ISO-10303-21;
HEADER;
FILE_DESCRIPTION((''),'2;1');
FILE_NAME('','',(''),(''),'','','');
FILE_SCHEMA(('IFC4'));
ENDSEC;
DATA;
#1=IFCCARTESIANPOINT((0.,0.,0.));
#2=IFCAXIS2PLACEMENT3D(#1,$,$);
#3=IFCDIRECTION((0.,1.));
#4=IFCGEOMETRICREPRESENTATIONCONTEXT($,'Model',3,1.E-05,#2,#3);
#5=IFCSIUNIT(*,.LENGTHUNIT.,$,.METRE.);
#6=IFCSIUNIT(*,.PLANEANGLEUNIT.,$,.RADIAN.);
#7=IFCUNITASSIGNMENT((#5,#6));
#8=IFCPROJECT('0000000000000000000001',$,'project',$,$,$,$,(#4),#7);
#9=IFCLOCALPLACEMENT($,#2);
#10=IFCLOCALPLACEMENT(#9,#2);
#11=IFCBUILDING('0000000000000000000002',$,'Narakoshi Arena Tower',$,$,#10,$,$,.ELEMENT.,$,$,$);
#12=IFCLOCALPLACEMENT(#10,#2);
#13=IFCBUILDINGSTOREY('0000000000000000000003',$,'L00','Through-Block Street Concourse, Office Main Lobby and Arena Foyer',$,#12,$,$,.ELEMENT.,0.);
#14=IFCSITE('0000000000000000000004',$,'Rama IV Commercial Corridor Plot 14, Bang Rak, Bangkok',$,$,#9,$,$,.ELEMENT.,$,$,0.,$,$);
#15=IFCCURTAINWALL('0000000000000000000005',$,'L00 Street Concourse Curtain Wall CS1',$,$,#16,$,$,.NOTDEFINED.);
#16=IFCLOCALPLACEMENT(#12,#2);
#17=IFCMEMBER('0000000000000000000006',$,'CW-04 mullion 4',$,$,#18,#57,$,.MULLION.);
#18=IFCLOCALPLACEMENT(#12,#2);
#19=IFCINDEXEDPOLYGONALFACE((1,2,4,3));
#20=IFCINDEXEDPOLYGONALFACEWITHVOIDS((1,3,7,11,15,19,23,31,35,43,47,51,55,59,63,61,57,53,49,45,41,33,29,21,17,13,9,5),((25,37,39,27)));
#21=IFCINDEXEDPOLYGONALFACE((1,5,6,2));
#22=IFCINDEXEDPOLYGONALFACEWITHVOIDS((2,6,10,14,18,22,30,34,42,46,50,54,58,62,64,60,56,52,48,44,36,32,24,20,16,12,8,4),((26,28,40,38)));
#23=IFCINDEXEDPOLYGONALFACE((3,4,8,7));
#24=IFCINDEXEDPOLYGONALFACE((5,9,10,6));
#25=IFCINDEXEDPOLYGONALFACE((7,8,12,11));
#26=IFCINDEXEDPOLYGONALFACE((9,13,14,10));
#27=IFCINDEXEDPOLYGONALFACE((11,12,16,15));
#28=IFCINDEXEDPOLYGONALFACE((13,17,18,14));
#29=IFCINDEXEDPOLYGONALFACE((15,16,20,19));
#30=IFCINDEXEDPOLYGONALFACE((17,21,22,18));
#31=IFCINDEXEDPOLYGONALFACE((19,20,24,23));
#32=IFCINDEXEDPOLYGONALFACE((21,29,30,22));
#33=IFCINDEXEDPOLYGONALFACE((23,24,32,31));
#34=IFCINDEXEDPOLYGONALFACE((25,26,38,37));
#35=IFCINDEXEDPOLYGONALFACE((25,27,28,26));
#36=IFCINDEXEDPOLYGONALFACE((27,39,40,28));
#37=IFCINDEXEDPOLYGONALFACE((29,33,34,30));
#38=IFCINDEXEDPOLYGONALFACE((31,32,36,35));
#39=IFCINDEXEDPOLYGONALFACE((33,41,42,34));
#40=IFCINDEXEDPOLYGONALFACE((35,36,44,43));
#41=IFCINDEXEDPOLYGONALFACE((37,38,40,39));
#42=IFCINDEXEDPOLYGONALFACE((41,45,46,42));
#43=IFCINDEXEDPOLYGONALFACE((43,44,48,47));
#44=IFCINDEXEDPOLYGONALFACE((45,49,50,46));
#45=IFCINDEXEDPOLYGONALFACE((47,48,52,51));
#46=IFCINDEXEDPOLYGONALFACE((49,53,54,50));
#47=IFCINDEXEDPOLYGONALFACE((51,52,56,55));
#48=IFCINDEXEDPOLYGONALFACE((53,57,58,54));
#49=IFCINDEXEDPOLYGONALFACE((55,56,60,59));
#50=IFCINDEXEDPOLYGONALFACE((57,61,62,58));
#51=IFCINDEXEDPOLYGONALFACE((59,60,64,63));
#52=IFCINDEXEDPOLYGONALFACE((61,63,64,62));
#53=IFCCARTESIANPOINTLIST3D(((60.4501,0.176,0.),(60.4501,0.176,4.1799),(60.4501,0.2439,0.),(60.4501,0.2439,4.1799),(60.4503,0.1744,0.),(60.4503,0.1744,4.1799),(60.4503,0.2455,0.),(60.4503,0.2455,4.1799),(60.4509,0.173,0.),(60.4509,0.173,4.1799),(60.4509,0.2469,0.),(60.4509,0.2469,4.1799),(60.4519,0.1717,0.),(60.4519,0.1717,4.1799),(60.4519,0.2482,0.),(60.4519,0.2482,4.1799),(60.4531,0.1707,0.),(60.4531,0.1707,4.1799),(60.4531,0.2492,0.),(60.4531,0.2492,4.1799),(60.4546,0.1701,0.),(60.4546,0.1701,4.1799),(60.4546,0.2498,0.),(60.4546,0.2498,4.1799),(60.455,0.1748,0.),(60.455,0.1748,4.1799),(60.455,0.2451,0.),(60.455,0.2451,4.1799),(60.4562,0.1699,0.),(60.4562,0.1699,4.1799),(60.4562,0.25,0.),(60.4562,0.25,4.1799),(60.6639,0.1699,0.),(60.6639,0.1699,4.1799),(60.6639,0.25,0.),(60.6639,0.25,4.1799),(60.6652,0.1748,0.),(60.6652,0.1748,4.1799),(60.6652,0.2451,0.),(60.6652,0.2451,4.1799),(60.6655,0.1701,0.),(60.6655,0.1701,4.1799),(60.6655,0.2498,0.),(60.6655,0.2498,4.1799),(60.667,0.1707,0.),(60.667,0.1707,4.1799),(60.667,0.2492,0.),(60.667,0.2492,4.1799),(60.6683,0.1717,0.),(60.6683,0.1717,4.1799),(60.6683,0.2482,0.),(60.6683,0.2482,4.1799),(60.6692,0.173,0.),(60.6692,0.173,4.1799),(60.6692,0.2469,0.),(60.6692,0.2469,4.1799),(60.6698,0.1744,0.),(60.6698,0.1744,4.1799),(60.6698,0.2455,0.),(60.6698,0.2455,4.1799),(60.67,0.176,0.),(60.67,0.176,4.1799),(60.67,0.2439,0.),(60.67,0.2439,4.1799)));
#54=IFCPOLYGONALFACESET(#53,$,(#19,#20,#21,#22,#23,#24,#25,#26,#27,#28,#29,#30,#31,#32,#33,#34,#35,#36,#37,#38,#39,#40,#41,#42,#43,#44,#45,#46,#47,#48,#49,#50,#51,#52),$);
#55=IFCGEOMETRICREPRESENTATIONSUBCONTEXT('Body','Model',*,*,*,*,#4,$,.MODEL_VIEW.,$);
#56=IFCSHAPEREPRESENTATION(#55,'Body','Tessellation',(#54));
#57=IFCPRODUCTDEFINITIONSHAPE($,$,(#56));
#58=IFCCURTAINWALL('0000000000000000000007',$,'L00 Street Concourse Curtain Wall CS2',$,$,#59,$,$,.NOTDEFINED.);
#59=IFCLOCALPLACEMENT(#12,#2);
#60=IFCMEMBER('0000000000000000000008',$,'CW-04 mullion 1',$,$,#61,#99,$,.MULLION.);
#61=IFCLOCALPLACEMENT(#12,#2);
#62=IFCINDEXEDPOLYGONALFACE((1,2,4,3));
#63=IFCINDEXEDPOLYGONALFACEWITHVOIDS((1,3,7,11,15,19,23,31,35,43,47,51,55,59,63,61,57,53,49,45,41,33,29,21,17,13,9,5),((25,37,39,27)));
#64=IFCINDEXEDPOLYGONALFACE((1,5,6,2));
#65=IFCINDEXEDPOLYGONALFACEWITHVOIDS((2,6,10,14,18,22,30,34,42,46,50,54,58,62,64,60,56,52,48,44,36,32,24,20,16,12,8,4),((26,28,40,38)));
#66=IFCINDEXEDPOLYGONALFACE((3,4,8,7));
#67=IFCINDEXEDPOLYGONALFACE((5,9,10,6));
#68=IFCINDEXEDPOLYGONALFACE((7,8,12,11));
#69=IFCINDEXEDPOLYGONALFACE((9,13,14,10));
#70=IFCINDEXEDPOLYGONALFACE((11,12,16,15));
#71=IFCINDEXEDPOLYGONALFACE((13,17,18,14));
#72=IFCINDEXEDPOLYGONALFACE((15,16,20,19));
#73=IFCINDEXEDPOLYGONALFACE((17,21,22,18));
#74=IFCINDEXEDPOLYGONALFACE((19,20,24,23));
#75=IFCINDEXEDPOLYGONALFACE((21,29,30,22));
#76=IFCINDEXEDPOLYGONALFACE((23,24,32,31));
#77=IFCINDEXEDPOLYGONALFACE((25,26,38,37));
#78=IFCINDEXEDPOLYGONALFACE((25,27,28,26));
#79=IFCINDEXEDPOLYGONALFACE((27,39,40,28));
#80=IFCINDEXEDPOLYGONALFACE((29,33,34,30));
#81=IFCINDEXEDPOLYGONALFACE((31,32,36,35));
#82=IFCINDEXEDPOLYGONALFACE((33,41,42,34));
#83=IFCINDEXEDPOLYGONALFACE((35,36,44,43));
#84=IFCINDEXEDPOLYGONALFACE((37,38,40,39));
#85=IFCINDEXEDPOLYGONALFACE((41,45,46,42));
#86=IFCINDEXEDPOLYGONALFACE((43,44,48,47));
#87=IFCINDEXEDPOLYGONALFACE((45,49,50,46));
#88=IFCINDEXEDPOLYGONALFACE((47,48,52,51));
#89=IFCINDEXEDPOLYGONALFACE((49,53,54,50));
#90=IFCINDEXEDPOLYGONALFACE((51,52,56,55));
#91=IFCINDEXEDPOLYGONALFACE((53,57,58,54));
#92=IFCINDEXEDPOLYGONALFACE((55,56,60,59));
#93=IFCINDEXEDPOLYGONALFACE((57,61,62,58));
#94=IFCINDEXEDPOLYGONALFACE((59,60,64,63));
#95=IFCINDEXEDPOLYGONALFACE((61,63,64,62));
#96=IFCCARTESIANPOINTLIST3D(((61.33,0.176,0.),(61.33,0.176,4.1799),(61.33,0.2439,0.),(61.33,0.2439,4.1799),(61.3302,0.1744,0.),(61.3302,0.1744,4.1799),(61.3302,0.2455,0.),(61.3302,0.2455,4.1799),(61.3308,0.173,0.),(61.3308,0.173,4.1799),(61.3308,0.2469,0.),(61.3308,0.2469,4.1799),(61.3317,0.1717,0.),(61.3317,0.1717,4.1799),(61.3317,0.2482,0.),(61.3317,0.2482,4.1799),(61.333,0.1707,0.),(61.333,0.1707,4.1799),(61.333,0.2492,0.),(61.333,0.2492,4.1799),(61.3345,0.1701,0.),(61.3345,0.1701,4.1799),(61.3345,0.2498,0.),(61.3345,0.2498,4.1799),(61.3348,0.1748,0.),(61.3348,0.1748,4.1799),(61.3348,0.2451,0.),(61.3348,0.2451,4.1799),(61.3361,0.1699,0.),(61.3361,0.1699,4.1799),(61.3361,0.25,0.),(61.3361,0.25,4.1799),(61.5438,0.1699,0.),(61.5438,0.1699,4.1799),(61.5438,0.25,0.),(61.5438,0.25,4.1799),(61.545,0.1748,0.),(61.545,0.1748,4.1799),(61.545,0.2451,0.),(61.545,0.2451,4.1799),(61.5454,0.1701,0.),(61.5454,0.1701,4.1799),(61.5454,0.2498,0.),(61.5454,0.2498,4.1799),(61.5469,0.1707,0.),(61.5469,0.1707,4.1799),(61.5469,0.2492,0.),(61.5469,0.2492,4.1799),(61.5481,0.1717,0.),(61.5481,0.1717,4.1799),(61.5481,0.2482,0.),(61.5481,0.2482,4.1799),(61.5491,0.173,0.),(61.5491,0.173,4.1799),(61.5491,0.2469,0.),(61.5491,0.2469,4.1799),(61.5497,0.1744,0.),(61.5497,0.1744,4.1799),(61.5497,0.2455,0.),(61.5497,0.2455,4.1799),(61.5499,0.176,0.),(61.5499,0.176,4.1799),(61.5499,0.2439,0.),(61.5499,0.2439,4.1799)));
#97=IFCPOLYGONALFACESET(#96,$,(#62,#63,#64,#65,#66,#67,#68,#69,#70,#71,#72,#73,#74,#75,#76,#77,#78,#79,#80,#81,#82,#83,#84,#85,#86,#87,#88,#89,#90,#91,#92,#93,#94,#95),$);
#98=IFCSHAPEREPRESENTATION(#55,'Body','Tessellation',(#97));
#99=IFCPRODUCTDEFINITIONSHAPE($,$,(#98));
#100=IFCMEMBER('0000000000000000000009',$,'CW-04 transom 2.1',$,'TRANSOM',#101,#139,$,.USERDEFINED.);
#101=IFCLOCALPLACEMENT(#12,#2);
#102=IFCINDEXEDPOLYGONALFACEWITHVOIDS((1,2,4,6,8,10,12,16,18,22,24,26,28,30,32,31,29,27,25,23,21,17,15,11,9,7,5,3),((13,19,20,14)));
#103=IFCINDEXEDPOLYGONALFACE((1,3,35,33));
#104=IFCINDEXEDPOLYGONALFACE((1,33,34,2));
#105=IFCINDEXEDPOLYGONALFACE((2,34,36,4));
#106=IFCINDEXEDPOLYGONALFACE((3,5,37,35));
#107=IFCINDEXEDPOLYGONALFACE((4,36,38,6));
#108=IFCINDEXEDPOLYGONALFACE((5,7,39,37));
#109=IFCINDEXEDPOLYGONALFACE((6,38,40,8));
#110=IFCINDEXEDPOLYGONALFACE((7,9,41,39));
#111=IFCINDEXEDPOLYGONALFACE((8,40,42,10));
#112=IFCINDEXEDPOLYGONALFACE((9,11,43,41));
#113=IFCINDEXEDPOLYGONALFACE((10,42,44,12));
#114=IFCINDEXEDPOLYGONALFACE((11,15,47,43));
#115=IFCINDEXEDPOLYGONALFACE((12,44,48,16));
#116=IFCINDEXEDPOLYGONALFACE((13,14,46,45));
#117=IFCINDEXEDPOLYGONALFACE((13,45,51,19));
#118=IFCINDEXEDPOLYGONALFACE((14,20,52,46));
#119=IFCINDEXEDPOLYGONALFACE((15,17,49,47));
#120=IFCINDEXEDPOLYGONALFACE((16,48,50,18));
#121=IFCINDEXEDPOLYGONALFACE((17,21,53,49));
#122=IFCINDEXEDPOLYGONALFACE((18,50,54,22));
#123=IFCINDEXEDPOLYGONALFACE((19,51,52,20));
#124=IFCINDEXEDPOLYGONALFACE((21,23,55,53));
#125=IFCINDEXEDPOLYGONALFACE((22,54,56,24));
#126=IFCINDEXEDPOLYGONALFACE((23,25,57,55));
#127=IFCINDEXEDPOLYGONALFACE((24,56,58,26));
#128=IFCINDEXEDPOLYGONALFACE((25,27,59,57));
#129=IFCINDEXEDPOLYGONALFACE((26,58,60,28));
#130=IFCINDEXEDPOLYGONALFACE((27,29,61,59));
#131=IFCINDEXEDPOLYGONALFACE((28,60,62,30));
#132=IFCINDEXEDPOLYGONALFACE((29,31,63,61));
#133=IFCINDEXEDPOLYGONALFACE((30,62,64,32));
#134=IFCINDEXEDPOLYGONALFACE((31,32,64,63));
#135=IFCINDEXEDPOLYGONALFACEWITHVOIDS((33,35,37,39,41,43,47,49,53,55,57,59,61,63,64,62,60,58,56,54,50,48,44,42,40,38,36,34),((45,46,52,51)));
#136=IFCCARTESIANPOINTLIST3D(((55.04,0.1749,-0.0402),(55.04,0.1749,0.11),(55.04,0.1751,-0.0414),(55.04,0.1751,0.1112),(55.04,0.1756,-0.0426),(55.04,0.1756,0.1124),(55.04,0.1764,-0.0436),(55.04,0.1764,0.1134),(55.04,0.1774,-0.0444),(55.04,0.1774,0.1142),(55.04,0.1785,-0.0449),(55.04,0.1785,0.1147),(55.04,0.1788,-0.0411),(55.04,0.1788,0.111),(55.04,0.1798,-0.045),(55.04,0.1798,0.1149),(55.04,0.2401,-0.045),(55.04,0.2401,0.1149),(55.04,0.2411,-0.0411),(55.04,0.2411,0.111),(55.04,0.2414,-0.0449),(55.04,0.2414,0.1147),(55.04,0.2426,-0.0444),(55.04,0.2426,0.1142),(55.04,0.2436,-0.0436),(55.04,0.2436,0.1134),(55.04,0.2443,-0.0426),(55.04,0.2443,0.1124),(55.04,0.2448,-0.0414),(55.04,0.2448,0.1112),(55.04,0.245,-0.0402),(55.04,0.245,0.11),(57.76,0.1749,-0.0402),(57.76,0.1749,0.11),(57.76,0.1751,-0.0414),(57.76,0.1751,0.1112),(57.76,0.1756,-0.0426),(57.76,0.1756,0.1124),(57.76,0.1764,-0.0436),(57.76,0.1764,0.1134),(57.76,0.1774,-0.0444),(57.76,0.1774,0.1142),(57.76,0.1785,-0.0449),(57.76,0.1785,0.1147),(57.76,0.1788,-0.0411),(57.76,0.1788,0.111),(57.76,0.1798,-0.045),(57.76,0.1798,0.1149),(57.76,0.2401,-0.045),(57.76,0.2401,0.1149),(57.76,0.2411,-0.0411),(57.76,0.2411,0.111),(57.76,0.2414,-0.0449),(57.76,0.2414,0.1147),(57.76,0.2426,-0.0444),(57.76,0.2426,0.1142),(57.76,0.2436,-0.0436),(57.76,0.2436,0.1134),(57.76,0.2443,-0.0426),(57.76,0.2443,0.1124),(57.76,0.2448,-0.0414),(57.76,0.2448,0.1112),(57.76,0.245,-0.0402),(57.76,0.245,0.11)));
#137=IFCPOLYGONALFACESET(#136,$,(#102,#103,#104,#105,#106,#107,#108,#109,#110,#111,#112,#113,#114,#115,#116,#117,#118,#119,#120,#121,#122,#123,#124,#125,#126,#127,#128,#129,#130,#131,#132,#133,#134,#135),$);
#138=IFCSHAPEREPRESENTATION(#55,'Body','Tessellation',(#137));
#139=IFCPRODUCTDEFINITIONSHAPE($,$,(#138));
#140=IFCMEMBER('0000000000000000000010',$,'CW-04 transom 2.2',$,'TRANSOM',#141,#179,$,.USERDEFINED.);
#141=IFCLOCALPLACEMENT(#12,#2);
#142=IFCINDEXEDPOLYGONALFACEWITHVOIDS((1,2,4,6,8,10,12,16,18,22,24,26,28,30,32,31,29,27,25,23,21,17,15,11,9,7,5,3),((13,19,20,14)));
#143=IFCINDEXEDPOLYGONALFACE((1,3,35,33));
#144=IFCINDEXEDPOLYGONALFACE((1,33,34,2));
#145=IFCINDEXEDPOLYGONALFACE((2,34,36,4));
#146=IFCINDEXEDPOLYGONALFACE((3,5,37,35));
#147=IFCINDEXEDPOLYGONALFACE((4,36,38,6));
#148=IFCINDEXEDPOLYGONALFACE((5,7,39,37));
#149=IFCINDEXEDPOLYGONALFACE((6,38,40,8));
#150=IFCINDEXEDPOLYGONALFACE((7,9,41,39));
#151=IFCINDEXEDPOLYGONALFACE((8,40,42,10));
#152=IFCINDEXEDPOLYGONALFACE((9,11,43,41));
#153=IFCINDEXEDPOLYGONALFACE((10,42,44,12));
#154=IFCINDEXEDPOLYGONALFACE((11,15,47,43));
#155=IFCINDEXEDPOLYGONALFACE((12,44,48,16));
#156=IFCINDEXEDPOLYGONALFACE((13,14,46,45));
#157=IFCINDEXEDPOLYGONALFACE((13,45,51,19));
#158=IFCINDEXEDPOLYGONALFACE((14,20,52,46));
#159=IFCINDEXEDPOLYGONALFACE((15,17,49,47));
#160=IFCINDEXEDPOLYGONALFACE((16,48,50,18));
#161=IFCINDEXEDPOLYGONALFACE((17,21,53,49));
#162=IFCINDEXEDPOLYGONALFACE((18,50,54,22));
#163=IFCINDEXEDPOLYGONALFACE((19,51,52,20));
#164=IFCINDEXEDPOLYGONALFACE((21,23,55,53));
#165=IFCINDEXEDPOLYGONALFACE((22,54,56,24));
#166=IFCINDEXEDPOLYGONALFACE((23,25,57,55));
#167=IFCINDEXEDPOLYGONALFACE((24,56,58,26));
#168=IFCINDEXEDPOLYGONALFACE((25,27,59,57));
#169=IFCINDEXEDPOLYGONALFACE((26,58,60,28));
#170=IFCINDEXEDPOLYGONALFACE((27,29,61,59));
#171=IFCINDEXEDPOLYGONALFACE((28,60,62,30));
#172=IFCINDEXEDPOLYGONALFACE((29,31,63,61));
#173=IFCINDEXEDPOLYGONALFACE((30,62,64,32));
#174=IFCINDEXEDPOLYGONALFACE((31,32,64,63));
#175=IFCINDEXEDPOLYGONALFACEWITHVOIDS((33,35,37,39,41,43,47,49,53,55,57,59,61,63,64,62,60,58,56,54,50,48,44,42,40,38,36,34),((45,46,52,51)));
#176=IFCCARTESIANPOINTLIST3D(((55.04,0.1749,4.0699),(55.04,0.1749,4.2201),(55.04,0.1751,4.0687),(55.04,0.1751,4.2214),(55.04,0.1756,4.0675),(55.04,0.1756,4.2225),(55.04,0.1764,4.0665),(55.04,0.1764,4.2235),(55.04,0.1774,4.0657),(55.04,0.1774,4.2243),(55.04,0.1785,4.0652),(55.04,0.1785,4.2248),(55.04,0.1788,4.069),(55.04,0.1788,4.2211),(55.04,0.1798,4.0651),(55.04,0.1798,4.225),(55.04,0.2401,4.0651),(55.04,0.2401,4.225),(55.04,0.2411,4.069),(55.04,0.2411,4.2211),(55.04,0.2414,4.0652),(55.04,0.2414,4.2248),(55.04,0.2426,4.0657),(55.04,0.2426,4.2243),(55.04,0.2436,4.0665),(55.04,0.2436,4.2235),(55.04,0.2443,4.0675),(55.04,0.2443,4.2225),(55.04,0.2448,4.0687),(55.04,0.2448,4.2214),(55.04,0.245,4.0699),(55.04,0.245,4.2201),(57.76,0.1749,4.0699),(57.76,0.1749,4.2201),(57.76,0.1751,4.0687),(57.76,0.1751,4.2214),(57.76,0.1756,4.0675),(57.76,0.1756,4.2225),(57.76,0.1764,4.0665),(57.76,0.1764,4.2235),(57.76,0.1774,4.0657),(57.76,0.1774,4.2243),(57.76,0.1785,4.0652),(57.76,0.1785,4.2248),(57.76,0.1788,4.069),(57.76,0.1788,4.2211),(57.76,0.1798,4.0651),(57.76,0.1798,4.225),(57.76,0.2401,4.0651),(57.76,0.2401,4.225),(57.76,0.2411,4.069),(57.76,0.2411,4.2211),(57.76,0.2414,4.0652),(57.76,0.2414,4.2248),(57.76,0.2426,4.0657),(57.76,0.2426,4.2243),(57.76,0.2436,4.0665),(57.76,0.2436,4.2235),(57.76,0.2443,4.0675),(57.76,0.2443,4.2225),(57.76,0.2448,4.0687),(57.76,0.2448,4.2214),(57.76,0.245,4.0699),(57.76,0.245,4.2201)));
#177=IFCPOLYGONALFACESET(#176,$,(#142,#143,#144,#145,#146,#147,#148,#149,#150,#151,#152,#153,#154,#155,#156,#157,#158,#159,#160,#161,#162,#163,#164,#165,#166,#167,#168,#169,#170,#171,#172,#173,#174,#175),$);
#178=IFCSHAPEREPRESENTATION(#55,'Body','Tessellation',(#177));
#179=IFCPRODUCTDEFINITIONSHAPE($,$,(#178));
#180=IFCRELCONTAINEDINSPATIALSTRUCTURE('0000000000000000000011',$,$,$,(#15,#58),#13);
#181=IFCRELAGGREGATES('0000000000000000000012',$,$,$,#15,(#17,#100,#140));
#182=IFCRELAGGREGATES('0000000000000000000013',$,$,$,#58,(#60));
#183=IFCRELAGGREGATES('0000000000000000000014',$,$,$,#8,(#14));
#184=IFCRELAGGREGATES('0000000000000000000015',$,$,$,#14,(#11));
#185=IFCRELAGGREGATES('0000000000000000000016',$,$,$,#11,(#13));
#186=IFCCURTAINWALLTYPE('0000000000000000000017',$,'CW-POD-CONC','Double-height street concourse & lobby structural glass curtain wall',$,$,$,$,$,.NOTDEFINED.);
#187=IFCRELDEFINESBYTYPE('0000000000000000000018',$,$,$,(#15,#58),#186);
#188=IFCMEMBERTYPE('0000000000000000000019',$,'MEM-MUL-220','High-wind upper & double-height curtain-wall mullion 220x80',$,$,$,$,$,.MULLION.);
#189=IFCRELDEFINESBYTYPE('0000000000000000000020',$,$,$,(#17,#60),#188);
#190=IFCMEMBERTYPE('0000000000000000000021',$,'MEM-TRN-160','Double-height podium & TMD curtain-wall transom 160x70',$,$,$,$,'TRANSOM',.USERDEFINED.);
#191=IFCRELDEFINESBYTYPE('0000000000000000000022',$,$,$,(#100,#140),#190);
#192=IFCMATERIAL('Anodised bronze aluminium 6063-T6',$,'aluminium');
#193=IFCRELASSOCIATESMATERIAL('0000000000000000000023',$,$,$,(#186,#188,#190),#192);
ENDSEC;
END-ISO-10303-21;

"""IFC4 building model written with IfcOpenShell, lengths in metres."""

from ifc_helpers import new_model, si_unit, direction, frame, origin, origin_2d, place, context, subcontext, project, spatial, hollow_rectangle, extrude, material, material_profile, profile_set, type_object, element, aggregate, save


model = new_model("IFC4")

# Units and contexts
model_context = context("Model", 3, precision=1e-05, world=origin(), true_north=direction((0.0, 1.0)))
body_context = subcontext(model_context, "Body", "Model", "MODEL_VIEW")
ifc_project = project(units=[si_unit("LENGTHUNIT", "METRE"), si_unit("PLANEANGLEUNIT", "RADIAN")], contexts=[model_context])

# Site, building, storey
site_placement = place(None, origin())
site = spatial("IfcSite", under=ifc_project, at=site_placement, Name="Rama IV Commercial Corridor Plot 14, Bang Rak, Bangkok", CompositionType="ELEMENT", RefElevation=0.0)
building_placement = place(site_placement, origin())
building = spatial("IfcBuilding", under=site, at=building_placement, Name="Narakoshi Arena Tower", CompositionType="ELEMENT")
storey_placement = place(building_placement, origin())
storey = spatial("IfcBuildingStorey", under=building, at=storey_placement, Name="L00", Description="Through-Block Street Concourse, Office Main Lobby and Arena Foyer", CompositionType="ELEMENT", Elevation=0.0)

# Curtain wall, member
ifc_material_1 = material(Name="Anodised bronze aluminium 6063-T6", Category="aluminium")
curtain_wall_type = type_object("IfcCurtainWallType", Name="CW-POD-CONC", Description="Double-height street concourse & lobby structural glass curtain wall", PredefinedType="NOTDEFINED", material=ifc_material_1)
curtain_wall_1_placement = place(storey_placement, origin())
curtain_wall_1 = element("IfcCurtainWall", 1, at=curtain_wall_1_placement, inside=storey, type_object=curtain_wall_type, Name="L00 Street Concourse Curtain Wall CS1", PredefinedType="NOTDEFINED")
ifc_material_profile_1 = material_profile(ifc_material_1, hollow_rectangle(XDim=0.0801, YDim=0.22, WallThickness=0.0049, OuterFilletRadius=0.0061, at=origin_2d()), Name="MUL220x80x5")
ifc_profile_set_1 = profile_set([ifc_material_profile_1], Name="Anodised bronze aluminium 6063-T6")
member_type_1 = type_object("IfcMemberType", Name="MEM-MUL-220", Description="High-wind upper & double-height curtain-wall mullion 220x80", PredefinedType="MULLION", material=ifc_profile_set_1)
member_1_placement = place(storey_placement, frame((60.5601, 0.21, 0.0), z_axis=(0.0, 0.0, 1.0), x_axis=(0.0, 1.0, 0.0)))
member_1 = element("IfcMember", 2, at=member_1_placement, type_object=member_type_1, Name="CW-04 mullion 4", PredefinedType="MULLION", context=body_context, shape_type="SweptSolid", body=[
    extrude(hollow_rectangle(XDim=0.0801, YDim=0.22, WallThickness=0.0049, OuterFilletRadius=0.0061, at=origin_2d()), origin(), (0.0, 0.0, 1.0), 4.1799),
])

# Curtain wall, member
curtain_wall_2_placement = place(storey_placement, origin())
curtain_wall_2 = element("IfcCurtainWall", 3, at=curtain_wall_2_placement, inside=storey, type_object=curtain_wall_type, Name="L00 Street Concourse Curtain Wall CS2", PredefinedType="NOTDEFINED")
member_2_placement = place(storey_placement, frame((61.4399, 0.21, 0.0), z_axis=(0.0, 0.0, 1.0), x_axis=(0.0, 1.0, 0.0)))
member_2 = element("IfcMember", 4, at=member_2_placement, type_object=member_type_1, Name="CW-04 mullion 1", PredefinedType="MULLION", context=body_context, shape_type="SweptSolid", body=[
    extrude(hollow_rectangle(XDim=0.0801, YDim=0.22, WallThickness=0.0049, OuterFilletRadius=0.0061, at=origin_2d()), origin(), (0.0, 0.0, 1.0), 4.1799),
])

# Members
ifc_material_profile_2 = material_profile(ifc_material_1, hollow_rectangle(XDim=0.0701, YDim=0.1599, WallThickness=0.0039, OuterFilletRadius=0.0049, at=origin_2d()), Name="TRN160x70x4")
ifc_profile_set_2 = profile_set([ifc_material_profile_2], Name="Anodised bronze aluminium 6063-T6")
member_type_2 = type_object("IfcMemberType", Name="MEM-TRN-160", Description="Double-height podium & TMD curtain-wall transom 160x70", ElementType="TRANSOM", PredefinedType="USERDEFINED", material=ifc_profile_set_2)
member_3_placement = place(storey_placement, frame((55.04, 0.21, 0.0349), z_axis=(1.0, 0.0, 0.0), x_axis=(0.0, 1.0, 0.0)))
member_3 = element("IfcMember", 5, at=member_3_placement, type_object=member_type_2, Name="CW-04 transom 2.1", ObjectType="TRANSOM", PredefinedType="USERDEFINED", context=body_context, shape_type="SweptSolid", body=[
    extrude(hollow_rectangle(XDim=0.0701, YDim=0.1599, WallThickness=0.0039, OuterFilletRadius=0.0049, at=origin_2d()), origin(), (0.0, 0.0, 1.0), 2.72),
])
member_4_placement = place(storey_placement, frame((55.04, 0.21, 4.145), z_axis=(1.0, 0.0, 0.0), x_axis=(0.0, 1.0, 0.0)))
member_4 = element("IfcMember", 6, at=member_4_placement, type_object=member_type_2, Name="CW-04 transom 2.2", ObjectType="TRANSOM", PredefinedType="USERDEFINED", context=body_context, shape_type="SweptSolid", body=[
    extrude(hollow_rectangle(XDim=0.0701, YDim=0.1599, WallThickness=0.0039, OuterFilletRadius=0.0049, at=origin_2d()), origin(), (0.0, 0.0, 1.0), 2.72),
])

aggregate(curtain_wall_1, [member_1, member_3, member_4])
aggregate(curtain_wall_2, [member_2])

save(model, "model.ifc")
